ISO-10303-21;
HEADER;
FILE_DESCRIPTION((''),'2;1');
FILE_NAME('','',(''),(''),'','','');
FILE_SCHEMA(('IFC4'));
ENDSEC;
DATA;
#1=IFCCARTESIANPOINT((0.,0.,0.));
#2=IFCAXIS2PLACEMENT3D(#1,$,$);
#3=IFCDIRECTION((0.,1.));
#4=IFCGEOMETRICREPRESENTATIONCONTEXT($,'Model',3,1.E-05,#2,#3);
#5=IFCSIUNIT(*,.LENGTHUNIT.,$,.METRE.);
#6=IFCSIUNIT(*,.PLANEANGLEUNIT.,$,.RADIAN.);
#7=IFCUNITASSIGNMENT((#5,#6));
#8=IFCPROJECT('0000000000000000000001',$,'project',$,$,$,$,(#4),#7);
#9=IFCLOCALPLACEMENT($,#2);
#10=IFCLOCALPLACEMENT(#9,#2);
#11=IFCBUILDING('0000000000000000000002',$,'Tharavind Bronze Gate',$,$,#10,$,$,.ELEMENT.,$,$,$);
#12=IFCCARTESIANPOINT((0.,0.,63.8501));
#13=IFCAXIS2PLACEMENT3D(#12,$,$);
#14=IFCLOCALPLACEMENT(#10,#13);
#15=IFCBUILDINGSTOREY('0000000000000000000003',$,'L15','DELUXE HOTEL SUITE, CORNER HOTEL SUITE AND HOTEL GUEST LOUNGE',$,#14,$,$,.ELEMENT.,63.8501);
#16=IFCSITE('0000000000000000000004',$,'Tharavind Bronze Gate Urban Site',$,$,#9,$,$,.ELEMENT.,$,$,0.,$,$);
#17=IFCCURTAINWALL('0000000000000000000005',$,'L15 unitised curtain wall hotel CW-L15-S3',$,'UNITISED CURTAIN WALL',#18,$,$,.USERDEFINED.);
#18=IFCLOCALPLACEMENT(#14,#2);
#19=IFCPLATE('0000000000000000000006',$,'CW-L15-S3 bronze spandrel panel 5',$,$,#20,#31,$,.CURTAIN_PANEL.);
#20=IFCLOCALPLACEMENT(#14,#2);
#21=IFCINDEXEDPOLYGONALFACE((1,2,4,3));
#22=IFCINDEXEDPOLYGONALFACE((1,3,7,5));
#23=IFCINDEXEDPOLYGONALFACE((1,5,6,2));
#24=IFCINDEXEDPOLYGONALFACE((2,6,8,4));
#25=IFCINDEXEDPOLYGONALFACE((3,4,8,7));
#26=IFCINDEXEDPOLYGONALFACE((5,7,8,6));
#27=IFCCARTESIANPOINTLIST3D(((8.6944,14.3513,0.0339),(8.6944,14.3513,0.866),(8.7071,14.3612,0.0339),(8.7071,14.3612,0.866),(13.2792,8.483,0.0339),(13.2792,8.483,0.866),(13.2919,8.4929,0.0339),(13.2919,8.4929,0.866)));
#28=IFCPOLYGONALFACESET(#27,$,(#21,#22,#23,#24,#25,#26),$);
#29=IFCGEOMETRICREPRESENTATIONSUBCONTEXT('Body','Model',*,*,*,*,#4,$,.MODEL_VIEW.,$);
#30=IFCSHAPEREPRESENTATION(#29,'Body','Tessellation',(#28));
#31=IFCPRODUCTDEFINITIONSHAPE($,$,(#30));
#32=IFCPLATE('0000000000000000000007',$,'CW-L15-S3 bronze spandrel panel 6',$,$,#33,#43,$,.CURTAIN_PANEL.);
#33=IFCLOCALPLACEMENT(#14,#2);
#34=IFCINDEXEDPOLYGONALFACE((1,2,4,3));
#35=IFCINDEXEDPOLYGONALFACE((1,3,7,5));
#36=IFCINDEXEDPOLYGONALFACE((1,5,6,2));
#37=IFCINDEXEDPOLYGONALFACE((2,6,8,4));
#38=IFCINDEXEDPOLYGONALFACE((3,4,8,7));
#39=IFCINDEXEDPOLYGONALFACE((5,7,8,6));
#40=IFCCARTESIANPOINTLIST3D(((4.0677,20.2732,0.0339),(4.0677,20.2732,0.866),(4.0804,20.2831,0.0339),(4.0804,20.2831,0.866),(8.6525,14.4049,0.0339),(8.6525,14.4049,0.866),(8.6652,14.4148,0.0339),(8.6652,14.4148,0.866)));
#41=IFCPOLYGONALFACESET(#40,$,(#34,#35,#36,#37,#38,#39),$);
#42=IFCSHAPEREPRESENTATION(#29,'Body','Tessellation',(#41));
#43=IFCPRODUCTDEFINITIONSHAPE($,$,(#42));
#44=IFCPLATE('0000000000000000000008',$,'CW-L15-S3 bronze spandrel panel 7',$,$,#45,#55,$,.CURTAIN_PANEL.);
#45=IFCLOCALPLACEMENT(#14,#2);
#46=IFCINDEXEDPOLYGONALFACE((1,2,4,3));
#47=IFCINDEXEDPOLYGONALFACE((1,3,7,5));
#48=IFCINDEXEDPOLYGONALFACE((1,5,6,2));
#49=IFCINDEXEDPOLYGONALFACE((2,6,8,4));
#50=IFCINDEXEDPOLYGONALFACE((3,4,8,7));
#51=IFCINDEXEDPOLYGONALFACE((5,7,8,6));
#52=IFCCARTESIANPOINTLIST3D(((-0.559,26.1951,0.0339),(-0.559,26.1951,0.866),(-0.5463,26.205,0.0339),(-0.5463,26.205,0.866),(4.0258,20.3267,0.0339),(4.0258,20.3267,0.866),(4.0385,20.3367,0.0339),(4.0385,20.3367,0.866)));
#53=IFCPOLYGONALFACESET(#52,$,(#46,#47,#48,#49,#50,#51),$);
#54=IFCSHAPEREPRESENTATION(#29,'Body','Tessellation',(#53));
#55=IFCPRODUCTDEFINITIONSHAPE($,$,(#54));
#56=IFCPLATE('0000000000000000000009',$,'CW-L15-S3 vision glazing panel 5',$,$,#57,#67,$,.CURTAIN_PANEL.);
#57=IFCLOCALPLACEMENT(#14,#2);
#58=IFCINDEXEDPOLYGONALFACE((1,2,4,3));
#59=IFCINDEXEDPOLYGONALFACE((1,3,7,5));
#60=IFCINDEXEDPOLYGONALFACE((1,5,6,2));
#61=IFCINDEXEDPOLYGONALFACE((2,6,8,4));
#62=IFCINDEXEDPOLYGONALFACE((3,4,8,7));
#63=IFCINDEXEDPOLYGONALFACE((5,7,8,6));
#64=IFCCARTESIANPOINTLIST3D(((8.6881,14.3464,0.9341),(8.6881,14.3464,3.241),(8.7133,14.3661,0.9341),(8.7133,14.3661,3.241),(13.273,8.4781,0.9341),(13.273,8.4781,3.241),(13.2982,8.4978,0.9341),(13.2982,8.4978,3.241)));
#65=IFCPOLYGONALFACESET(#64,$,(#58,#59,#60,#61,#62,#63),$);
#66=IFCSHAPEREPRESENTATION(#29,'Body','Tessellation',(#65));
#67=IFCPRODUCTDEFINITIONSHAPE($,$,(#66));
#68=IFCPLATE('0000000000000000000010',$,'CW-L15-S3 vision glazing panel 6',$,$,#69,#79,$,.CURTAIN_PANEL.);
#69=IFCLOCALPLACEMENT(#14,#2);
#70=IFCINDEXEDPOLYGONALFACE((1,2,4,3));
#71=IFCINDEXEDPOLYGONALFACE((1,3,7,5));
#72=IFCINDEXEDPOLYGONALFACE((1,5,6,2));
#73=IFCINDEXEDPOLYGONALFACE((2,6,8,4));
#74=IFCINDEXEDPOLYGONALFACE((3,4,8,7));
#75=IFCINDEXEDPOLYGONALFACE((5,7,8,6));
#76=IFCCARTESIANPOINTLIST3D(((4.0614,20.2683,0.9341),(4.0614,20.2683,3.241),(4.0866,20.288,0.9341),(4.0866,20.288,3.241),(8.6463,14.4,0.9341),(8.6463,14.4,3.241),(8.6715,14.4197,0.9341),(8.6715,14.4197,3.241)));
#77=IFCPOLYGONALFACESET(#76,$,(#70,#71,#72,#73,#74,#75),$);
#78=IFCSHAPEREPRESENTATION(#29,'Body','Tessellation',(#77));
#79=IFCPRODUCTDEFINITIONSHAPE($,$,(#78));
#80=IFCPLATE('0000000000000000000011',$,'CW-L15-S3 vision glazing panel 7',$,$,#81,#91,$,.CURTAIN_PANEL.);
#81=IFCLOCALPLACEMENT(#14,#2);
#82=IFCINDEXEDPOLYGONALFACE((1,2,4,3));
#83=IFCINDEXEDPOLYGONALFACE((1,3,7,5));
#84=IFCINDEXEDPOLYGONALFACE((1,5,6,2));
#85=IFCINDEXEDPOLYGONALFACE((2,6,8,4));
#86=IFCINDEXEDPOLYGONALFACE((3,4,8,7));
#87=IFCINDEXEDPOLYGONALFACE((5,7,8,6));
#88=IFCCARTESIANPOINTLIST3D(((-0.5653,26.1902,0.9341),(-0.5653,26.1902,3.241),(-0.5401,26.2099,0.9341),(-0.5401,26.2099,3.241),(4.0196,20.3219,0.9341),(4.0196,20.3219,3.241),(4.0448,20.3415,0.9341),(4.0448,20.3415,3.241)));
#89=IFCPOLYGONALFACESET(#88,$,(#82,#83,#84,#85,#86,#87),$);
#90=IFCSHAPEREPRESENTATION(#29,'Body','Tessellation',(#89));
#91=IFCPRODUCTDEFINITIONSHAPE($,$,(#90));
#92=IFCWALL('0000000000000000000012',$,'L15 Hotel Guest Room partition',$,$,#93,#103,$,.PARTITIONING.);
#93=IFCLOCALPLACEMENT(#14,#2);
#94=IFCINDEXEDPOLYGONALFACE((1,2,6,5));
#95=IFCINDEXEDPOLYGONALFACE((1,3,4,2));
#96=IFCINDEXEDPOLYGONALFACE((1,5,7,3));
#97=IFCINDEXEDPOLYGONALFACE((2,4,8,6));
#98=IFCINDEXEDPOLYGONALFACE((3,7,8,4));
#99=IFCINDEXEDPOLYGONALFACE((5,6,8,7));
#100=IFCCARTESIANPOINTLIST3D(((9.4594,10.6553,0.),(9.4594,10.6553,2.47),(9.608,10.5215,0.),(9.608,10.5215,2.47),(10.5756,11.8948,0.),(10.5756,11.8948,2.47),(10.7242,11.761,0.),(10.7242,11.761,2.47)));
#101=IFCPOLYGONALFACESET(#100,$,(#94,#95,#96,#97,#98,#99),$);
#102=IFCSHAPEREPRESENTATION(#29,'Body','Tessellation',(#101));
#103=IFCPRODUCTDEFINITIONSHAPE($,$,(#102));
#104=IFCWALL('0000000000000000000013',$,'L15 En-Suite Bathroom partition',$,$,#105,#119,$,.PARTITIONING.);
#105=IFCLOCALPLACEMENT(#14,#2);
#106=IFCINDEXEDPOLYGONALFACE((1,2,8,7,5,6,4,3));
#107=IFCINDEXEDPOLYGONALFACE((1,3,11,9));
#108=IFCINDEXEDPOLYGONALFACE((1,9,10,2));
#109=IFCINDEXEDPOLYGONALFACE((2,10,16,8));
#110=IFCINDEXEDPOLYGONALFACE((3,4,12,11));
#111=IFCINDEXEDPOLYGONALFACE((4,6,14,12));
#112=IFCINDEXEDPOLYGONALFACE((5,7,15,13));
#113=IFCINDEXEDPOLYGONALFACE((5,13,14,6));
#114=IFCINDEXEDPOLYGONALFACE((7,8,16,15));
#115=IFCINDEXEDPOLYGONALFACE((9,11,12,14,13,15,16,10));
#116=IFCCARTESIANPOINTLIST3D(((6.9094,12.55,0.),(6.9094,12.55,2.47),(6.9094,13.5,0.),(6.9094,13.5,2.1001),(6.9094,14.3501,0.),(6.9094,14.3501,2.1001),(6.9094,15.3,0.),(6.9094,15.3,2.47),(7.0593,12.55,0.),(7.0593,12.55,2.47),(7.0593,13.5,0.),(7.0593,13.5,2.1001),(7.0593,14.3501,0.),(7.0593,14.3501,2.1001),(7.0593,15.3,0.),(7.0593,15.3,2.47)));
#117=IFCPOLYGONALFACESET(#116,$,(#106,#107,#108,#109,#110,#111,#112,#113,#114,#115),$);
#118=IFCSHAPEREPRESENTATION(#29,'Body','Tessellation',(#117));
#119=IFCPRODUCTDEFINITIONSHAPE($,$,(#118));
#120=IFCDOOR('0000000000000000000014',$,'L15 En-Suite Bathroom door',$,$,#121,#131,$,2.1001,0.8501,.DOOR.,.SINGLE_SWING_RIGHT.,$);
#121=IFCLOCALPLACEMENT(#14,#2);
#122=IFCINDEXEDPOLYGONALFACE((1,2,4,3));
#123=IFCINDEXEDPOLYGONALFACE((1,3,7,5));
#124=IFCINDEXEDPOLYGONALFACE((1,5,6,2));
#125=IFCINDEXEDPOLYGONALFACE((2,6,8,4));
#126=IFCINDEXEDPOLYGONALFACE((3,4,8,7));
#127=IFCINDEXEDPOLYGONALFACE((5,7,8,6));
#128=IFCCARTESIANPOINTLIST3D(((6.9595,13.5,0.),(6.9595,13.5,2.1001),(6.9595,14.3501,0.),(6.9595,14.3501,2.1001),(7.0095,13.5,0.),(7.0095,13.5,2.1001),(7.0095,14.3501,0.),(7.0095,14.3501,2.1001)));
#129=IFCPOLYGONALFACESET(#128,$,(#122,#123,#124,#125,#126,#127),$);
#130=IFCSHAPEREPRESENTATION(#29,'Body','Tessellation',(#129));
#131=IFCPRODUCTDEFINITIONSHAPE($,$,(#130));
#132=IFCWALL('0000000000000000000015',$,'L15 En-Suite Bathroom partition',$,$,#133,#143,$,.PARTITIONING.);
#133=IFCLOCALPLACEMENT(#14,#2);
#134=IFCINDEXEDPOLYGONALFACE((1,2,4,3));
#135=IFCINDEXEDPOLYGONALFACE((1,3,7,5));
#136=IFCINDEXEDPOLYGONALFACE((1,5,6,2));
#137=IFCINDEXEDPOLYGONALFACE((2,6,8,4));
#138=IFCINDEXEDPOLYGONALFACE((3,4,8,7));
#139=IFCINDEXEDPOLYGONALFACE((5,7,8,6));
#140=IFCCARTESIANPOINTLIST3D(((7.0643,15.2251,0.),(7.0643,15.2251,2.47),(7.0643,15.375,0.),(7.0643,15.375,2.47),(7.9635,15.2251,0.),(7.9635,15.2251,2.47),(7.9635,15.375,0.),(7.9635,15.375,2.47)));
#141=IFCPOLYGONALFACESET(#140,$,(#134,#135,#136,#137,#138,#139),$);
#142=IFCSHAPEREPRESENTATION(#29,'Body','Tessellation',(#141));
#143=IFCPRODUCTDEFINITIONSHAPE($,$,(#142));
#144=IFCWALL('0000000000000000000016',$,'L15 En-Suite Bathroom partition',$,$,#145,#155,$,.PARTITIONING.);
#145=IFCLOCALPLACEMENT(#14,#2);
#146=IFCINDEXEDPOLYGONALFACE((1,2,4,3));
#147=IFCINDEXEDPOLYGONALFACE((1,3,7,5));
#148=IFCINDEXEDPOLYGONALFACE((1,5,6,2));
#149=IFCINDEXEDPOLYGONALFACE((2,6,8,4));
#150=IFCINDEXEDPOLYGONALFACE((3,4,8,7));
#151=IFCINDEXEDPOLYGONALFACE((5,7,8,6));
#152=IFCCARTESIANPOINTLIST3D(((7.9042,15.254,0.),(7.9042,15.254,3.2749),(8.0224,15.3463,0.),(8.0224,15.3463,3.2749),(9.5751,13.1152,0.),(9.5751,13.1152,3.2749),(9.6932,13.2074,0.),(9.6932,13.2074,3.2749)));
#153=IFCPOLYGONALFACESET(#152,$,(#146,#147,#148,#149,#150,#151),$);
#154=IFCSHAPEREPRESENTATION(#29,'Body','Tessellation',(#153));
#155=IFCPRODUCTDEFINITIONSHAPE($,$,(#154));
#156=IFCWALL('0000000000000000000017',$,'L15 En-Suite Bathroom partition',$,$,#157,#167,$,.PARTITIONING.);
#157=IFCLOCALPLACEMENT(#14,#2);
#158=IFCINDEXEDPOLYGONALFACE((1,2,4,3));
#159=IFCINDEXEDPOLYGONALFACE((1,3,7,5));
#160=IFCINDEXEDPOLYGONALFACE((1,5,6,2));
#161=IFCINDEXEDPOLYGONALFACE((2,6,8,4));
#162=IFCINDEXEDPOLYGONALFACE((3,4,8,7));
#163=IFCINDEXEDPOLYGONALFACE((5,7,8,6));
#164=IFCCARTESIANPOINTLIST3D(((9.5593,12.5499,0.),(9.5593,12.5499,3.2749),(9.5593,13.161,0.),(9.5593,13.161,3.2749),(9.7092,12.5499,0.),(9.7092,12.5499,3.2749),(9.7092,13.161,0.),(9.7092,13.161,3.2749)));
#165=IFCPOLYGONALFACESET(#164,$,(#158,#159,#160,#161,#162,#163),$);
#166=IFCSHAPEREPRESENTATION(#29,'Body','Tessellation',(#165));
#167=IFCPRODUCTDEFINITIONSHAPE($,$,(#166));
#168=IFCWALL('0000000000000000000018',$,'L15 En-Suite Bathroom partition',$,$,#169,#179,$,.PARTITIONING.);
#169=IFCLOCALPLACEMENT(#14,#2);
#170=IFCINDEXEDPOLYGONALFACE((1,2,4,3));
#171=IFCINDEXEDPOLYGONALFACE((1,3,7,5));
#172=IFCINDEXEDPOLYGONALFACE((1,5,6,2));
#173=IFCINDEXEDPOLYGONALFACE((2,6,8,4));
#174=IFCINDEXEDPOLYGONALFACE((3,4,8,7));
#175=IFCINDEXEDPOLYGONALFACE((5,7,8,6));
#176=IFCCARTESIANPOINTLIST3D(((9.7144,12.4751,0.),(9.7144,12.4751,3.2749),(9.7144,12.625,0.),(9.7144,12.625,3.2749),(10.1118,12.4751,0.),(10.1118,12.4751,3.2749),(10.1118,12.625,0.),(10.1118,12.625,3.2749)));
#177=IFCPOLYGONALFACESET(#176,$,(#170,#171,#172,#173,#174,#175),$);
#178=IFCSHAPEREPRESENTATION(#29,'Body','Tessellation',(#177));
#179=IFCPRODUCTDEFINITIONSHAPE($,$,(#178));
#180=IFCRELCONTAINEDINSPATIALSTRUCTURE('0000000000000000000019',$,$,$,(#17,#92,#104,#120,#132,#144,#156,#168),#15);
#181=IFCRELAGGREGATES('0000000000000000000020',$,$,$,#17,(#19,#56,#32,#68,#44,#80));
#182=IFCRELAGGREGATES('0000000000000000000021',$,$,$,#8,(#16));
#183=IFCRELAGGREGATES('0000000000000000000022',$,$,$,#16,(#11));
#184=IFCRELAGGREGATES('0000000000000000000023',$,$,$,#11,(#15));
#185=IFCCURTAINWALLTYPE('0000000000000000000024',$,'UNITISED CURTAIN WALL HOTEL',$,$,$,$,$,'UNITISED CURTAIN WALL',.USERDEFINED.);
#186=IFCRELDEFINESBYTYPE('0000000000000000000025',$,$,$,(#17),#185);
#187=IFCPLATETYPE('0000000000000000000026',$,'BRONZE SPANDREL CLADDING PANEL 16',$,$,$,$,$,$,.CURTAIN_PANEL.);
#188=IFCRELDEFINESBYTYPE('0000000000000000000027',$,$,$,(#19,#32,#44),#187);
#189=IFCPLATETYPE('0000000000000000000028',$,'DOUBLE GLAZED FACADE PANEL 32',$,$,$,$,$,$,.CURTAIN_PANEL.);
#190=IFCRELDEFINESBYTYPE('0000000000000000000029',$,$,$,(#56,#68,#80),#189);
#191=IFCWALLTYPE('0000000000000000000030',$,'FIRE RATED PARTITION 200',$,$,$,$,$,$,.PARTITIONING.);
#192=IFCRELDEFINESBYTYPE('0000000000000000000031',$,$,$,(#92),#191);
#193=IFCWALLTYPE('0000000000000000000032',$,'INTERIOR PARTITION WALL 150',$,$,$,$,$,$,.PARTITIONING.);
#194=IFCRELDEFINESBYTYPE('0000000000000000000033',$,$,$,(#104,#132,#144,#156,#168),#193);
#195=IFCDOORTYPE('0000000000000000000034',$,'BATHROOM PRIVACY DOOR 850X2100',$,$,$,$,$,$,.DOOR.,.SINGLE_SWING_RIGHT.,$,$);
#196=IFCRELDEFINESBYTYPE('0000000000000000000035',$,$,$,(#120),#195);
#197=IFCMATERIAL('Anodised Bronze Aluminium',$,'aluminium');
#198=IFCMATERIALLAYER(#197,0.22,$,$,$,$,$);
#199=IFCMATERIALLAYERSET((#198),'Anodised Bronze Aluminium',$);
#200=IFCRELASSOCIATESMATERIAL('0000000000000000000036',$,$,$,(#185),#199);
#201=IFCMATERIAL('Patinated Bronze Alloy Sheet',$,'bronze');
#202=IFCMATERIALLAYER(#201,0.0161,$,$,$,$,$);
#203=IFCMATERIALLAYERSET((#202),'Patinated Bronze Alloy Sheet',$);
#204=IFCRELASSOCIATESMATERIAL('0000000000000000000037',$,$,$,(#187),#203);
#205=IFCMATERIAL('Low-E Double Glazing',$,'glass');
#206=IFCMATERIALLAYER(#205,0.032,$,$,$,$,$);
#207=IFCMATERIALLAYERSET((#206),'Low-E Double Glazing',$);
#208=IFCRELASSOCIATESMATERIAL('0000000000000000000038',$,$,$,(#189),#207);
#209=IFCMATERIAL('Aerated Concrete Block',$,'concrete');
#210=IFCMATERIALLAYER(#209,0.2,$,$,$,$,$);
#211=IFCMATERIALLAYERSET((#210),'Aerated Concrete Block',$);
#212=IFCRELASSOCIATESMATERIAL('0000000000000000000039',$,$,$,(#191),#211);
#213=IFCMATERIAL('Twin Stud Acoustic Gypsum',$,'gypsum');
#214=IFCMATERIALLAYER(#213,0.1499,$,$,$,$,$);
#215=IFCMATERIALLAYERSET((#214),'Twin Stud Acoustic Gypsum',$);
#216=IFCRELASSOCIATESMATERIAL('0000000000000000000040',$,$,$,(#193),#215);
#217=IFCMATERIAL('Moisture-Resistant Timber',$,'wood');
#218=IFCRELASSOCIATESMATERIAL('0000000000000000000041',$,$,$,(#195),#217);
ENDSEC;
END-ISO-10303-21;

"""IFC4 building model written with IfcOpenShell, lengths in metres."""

from ifc_helpers import new_model, si_unit, direction, frame, frame_2d, origin, origin_2d, place, context, subcontext, project, spatial, rectangle, extrude, material, layer, layer_set, type_object, element, fill, aggregate, save


model = new_model("IFC4")

# Units and contexts
model_context = context("Model", 3, precision=1e-05, world=origin(), true_north=direction((0.0, 1.0)))
body_context = subcontext(model_context, "Body", "Model", "MODEL_VIEW")
ifc_project = project(units=[si_unit("LENGTHUNIT", "METRE"), si_unit("PLANEANGLEUNIT", "RADIAN")], contexts=[model_context])

# Site, building, storey
site_placement = place(None, origin())
site = spatial("IfcSite", under=ifc_project, at=site_placement, Name="Tharavind Bronze Gate Urban Site", CompositionType="ELEMENT", RefElevation=0.0)
building_placement = place(site_placement, origin())
building = spatial("IfcBuilding", under=site, at=building_placement, Name="Tharavind Bronze Gate", CompositionType="ELEMENT")
storey_placement = place(building_placement, frame((0.0, 0.0, 63.8501)))
storey = spatial("IfcBuildingStorey", under=building, at=storey_placement, Name="L15", Description="DELUXE HOTEL SUITE, CORNER HOTEL SUITE AND HOTEL GUEST LOUNGE", CompositionType="ELEMENT", Elevation=63.8501)

# Curtain wall
ifc_material_1 = material(Name="Anodised Bronze Aluminium", Category="aluminium")
ifc_layer_1 = layer(ifc_material_1, 0.22)
ifc_layer_set_1 = layer_set([ifc_layer_1], Name="Anodised Bronze Aluminium")
curtain_wall_type = type_object("IfcCurtainWallType", Name="UNITISED CURTAIN WALL HOTEL", ElementType="UNITISED CURTAIN WALL", PredefinedType="USERDEFINED", material=ifc_layer_set_1)
curtain_wall_placement = place(storey_placement, origin())
curtain_wall = element("IfcCurtainWall", 1, at=curtain_wall_placement, inside=storey, type_object=curtain_wall_type, Name="L15 unitised curtain wall hotel CW-L15-S3", ObjectType="UNITISED CURTAIN WALL", PredefinedType="USERDEFINED")

# Plates
ifc_material_2 = material(Name="Patinated Bronze Alloy Sheet", Category="bronze")
ifc_layer_2 = layer(ifc_material_2, 0.0161)
ifc_layer_set_2 = layer_set([ifc_layer_2], Name="Patinated Bronze Alloy Sheet")
plate_type_1 = type_object("IfcPlateType", Name="BRONZE SPANDREL CLADDING PANEL 16", PredefinedType="CURTAIN_PANEL", material=ifc_layer_set_2)
plate_1_placement = place(storey_placement, frame((10.9932, 11.4221, 0.0339), z_axis=(0.0, 0.0, 1.0), x_axis=(-0.615661, 0.788011, 0.0)))
plate_1 = element("IfcPlate", 2, at=plate_1_placement, type_object=plate_type_1, Name="CW-L15-S3 bronze spandrel panel 5", PredefinedType="CURTAIN_PANEL", context=body_context, shape_type="SweptSolid", body=[
    extrude(rectangle(XDim=7.447, YDim=0.0161, at=origin_2d()), origin(), (0.0, 0.0, 1.0), 0.832),
])
plate_2_placement = place(storey_placement, frame((6.3665, 17.344, 0.0339), z_axis=(0.0, 0.0, 1.0), x_axis=(-0.615661, 0.788011, 0.0)))
plate_2 = element("IfcPlate", 3, at=plate_2_placement, type_object=plate_type_1, Name="CW-L15-S3 bronze spandrel panel 6", PredefinedType="CURTAIN_PANEL", context=body_context, shape_type="SweptSolid", body=[
    extrude(rectangle(XDim=7.447, YDim=0.0161, at=origin_2d()), origin(), (0.0, 0.0, 1.0), 0.832),
])
plate_3_placement = place(storey_placement, frame((1.7397, 23.2659, 0.0339), z_axis=(0.0, 0.0, 1.0), x_axis=(-0.615661, 0.788011, 0.0)))
plate_3 = element("IfcPlate", 4, at=plate_3_placement, type_object=plate_type_1, Name="CW-L15-S3 bronze spandrel panel 7", PredefinedType="CURTAIN_PANEL", context=body_context, shape_type="SweptSolid", body=[
    extrude(rectangle(XDim=7.447, YDim=0.0161, at=origin_2d()), origin(), (0.0, 0.0, 1.0), 0.832),
])
ifc_material_3 = material(Name="Low-E Double Glazing", Category="glass")
ifc_layer_3 = layer(ifc_material_3, 0.032)
ifc_layer_set_3 = layer_set([ifc_layer_3], Name="Low-E Double Glazing")
plate_type_2 = type_object("IfcPlateType", Name="DOUBLE GLAZED FACADE PANEL 32", PredefinedType="CURTAIN_PANEL", material=ifc_layer_set_3)
plate_4_placement = place(storey_placement, frame((10.9932, 11.4221, 0.9341), z_axis=(0.0, 0.0, 1.0), x_axis=(-0.615661, 0.788011, 0.0)))
plate_4 = element("IfcPlate", 5, at=plate_4_placement, type_object=plate_type_2, Name="CW-L15-S3 vision glazing panel 5", PredefinedType="CURTAIN_PANEL", context=body_context, shape_type="SweptSolid", body=[
    extrude(rectangle(XDim=7.447, YDim=0.032, at=origin_2d()), origin(), (0.0, 0.0, 1.0), 2.3069),
])
plate_5_placement = place(storey_placement, frame((6.3665, 17.344, 0.9341), z_axis=(0.0, 0.0, 1.0), x_axis=(-0.615661, 0.788011, 0.0)))
plate_5 = element("IfcPlate", 6, at=plate_5_placement, type_object=plate_type_2, Name="CW-L15-S3 vision glazing panel 6", PredefinedType="CURTAIN_PANEL", context=body_context, shape_type="SweptSolid", body=[
    extrude(rectangle(XDim=7.447, YDim=0.032, at=origin_2d()), origin(), (0.0, 0.0, 1.0), 2.3069),
])
plate_6_placement = place(storey_placement, frame((1.7397, 23.2659, 0.9341), z_axis=(0.0, 0.0, 1.0), x_axis=(-0.615661, 0.788011, 0.0)))
plate_6 = element("IfcPlate", 7, at=plate_6_placement, type_object=plate_type_2, Name="CW-L15-S3 vision glazing panel 7", PredefinedType="CURTAIN_PANEL", context=body_context, shape_type="SweptSolid", body=[
    extrude(rectangle(XDim=7.447, YDim=0.032, at=origin_2d()), origin(), (0.0, 0.0, 1.0), 2.3069),
])
aggregate(curtain_wall, [plate_1, plate_4, plate_2, plate_5, plate_3, plate_6])

# Wall
ifc_material_4 = material(Name="Aerated Concrete Block", Category="concrete")
ifc_layer_4 = layer(ifc_material_4, 0.2)
ifc_layer_set_4 = layer_set([ifc_layer_4], Name="Aerated Concrete Block")
wall_type_1 = type_object("IfcWallType", Name="FIRE RATED PARTITION 200", PredefinedType="PARTITIONING", material=ifc_layer_set_4)
wall_1_placement = place(storey_placement, frame((10.6499, 11.8279, 0.0), z_axis=(0.0, 0.0, 1.0), x_axis=(-0.669183, -0.743098, 0.0)))
element("IfcWall", 8, at=wall_1_placement, inside=storey, type_object=wall_type_1, Name="L15 Hotel Guest Room partition", PredefinedType="PARTITIONING", context=body_context, shape_type="SweptSolid", body=[
    extrude(rectangle(XDim=1.668, YDim=0.2, at=frame_2d((0.834, 0.0))), origin(), (0.0, 0.0, 1.0), 2.47),
])

# Wall, opening, door
ifc_material_5 = material(Name="Twin Stud Acoustic Gypsum", Category="gypsum")
ifc_layer_5 = layer(ifc_material_5, 0.1499)
ifc_layer_set_5 = layer_set([ifc_layer_5], Name="Twin Stud Acoustic Gypsum")
wall_type_2 = type_object("IfcWallType", Name="INTERIOR PARTITION WALL 150", PredefinedType="PARTITIONING", material=ifc_layer_set_5)
wall_2_placement = place(storey_placement, frame((6.9844, 12.55, 0.0), z_axis=(0.0, 0.0, 1.0), x_axis=(0.0, 1.0, 0.0)))
wall_2 = element("IfcWall", 9, at=wall_2_placement, inside=storey, type_object=wall_type_2, Name="L15 En-Suite Bathroom partition", PredefinedType="PARTITIONING", context=body_context, shape_type="SweptSolid", body=[
    extrude(rectangle(XDim=2.75, YDim=0.1499, at=frame_2d((1.375, 0.0))), origin(), (0.0, 0.0, 1.0), 2.47),
])
opening_placement = place(wall_2_placement, frame((0.95, 0.0, 0.0)))
opening = element("IfcOpeningElement", 10, at=opening_placement, cuts=wall_2, PredefinedType="OPENING", context=body_context, shape_type="SweptSolid", body=[
    extrude(rectangle(XDim=0.8501, YDim=2.1001, at=frame_2d((0.425, 1.05))), frame((0.0, 0.085, 0.0), z_axis=(0.0, -1.0, 0.0), x_axis=(1.0, 0.0, 0.0)), (0.0, 0.0, 1.0), 0.1699),
])
ifc_material_6 = material(Name="Moisture-Resistant Timber", Category="wood")
door_type = type_object("IfcDoorType", Name="BATHROOM PRIVACY DOOR 850X2100", OperationType="SINGLE_SWING_RIGHT", PredefinedType="DOOR", material=ifc_material_6)
door_placement = place(opening_placement, origin())
door = element("IfcDoor", 11, at=door_placement, inside=storey, type_object=door_type, Name="L15 En-Suite Bathroom door", OperationType="SINGLE_SWING_RIGHT", OverallHeight=2.1001, OverallWidth=0.8501, PredefinedType="DOOR", context=body_context, shape_type="SweptSolid", body=[
    extrude(rectangle(XDim=0.8501, YDim=2.1001, at=frame_2d((0.425, 1.05))), frame((0.0, 0.0249, 0.0), z_axis=(0.0, -1.0, 0.0), x_axis=(1.0, 0.0, 0.0)), (0.0, 0.0, 1.0), 0.05),
])
fill(opening, door)

# Walls
wall_3_placement = place(storey_placement, frame((7.0642, 15.3, 0.0), z_axis=(0.0, 0.0, 1.0), x_axis=(1.0, 0.0, 0.0)))
element("IfcWall", 12, at=wall_3_placement, inside=storey, type_object=wall_type_2, Name="L15 En-Suite Bathroom partition", PredefinedType="PARTITIONING", context=body_context, shape_type="SweptSolid", body=[
    extrude(rectangle(XDim=0.8992, YDim=0.1499, at=frame_2d((0.4497, 0.0))), origin(), (0.0, 0.0, 1.0), 2.47),
])
wall_4_placement = place(storey_placement, frame((7.9634, 15.3, 0.0), z_axis=(0.0, 0.0, 1.0), x_axis=(0.615614, -0.788048, 0.0)))
element("IfcWall", 13, at=wall_4_placement, inside=storey, type_object=wall_type_2, Name="L15 En-Suite Bathroom partition", PredefinedType="PARTITIONING", context=body_context, shape_type="SweptSolid", body=[
    extrude(rectangle(XDim=2.7141, YDim=0.1499, at=frame_2d((1.3569, 0.0))), origin(), (0.0, 0.0, 1.0), 3.2749),
])
wall_5_placement = place(storey_placement, frame((9.6343, 13.1611, 0.0), z_axis=(0.0, 0.0, 1.0), x_axis=(0.0, -1.0, 0.0)))
element("IfcWall", 14, at=wall_5_placement, inside=storey, type_object=wall_type_2, Name="L15 En-Suite Bathroom partition", PredefinedType="PARTITIONING", context=body_context, shape_type="SweptSolid", body=[
    extrude(rectangle(XDim=0.6111, YDim=0.1499, at=frame_2d((0.3057, 0.0))), origin(), (0.0, 0.0, 1.0), 3.2749),
])
wall_6_placement = place(storey_placement, frame((10.1118, 12.55, 0.0), z_axis=(0.0, 0.0, 1.0), x_axis=(-1.0, 0.0, 0.0)))
element("IfcWall", 15, at=wall_6_placement, inside=storey, type_object=wall_type_2, Name="L15 En-Suite Bathroom partition", PredefinedType="PARTITIONING", context=body_context, shape_type="SweptSolid", body=[
    extrude(rectangle(XDim=0.3975, YDim=0.1499, at=frame_2d((0.1987, 0.0))), origin(), (0.0, 0.0, 1.0), 3.2749),
])

save(model, "model.ifc")
